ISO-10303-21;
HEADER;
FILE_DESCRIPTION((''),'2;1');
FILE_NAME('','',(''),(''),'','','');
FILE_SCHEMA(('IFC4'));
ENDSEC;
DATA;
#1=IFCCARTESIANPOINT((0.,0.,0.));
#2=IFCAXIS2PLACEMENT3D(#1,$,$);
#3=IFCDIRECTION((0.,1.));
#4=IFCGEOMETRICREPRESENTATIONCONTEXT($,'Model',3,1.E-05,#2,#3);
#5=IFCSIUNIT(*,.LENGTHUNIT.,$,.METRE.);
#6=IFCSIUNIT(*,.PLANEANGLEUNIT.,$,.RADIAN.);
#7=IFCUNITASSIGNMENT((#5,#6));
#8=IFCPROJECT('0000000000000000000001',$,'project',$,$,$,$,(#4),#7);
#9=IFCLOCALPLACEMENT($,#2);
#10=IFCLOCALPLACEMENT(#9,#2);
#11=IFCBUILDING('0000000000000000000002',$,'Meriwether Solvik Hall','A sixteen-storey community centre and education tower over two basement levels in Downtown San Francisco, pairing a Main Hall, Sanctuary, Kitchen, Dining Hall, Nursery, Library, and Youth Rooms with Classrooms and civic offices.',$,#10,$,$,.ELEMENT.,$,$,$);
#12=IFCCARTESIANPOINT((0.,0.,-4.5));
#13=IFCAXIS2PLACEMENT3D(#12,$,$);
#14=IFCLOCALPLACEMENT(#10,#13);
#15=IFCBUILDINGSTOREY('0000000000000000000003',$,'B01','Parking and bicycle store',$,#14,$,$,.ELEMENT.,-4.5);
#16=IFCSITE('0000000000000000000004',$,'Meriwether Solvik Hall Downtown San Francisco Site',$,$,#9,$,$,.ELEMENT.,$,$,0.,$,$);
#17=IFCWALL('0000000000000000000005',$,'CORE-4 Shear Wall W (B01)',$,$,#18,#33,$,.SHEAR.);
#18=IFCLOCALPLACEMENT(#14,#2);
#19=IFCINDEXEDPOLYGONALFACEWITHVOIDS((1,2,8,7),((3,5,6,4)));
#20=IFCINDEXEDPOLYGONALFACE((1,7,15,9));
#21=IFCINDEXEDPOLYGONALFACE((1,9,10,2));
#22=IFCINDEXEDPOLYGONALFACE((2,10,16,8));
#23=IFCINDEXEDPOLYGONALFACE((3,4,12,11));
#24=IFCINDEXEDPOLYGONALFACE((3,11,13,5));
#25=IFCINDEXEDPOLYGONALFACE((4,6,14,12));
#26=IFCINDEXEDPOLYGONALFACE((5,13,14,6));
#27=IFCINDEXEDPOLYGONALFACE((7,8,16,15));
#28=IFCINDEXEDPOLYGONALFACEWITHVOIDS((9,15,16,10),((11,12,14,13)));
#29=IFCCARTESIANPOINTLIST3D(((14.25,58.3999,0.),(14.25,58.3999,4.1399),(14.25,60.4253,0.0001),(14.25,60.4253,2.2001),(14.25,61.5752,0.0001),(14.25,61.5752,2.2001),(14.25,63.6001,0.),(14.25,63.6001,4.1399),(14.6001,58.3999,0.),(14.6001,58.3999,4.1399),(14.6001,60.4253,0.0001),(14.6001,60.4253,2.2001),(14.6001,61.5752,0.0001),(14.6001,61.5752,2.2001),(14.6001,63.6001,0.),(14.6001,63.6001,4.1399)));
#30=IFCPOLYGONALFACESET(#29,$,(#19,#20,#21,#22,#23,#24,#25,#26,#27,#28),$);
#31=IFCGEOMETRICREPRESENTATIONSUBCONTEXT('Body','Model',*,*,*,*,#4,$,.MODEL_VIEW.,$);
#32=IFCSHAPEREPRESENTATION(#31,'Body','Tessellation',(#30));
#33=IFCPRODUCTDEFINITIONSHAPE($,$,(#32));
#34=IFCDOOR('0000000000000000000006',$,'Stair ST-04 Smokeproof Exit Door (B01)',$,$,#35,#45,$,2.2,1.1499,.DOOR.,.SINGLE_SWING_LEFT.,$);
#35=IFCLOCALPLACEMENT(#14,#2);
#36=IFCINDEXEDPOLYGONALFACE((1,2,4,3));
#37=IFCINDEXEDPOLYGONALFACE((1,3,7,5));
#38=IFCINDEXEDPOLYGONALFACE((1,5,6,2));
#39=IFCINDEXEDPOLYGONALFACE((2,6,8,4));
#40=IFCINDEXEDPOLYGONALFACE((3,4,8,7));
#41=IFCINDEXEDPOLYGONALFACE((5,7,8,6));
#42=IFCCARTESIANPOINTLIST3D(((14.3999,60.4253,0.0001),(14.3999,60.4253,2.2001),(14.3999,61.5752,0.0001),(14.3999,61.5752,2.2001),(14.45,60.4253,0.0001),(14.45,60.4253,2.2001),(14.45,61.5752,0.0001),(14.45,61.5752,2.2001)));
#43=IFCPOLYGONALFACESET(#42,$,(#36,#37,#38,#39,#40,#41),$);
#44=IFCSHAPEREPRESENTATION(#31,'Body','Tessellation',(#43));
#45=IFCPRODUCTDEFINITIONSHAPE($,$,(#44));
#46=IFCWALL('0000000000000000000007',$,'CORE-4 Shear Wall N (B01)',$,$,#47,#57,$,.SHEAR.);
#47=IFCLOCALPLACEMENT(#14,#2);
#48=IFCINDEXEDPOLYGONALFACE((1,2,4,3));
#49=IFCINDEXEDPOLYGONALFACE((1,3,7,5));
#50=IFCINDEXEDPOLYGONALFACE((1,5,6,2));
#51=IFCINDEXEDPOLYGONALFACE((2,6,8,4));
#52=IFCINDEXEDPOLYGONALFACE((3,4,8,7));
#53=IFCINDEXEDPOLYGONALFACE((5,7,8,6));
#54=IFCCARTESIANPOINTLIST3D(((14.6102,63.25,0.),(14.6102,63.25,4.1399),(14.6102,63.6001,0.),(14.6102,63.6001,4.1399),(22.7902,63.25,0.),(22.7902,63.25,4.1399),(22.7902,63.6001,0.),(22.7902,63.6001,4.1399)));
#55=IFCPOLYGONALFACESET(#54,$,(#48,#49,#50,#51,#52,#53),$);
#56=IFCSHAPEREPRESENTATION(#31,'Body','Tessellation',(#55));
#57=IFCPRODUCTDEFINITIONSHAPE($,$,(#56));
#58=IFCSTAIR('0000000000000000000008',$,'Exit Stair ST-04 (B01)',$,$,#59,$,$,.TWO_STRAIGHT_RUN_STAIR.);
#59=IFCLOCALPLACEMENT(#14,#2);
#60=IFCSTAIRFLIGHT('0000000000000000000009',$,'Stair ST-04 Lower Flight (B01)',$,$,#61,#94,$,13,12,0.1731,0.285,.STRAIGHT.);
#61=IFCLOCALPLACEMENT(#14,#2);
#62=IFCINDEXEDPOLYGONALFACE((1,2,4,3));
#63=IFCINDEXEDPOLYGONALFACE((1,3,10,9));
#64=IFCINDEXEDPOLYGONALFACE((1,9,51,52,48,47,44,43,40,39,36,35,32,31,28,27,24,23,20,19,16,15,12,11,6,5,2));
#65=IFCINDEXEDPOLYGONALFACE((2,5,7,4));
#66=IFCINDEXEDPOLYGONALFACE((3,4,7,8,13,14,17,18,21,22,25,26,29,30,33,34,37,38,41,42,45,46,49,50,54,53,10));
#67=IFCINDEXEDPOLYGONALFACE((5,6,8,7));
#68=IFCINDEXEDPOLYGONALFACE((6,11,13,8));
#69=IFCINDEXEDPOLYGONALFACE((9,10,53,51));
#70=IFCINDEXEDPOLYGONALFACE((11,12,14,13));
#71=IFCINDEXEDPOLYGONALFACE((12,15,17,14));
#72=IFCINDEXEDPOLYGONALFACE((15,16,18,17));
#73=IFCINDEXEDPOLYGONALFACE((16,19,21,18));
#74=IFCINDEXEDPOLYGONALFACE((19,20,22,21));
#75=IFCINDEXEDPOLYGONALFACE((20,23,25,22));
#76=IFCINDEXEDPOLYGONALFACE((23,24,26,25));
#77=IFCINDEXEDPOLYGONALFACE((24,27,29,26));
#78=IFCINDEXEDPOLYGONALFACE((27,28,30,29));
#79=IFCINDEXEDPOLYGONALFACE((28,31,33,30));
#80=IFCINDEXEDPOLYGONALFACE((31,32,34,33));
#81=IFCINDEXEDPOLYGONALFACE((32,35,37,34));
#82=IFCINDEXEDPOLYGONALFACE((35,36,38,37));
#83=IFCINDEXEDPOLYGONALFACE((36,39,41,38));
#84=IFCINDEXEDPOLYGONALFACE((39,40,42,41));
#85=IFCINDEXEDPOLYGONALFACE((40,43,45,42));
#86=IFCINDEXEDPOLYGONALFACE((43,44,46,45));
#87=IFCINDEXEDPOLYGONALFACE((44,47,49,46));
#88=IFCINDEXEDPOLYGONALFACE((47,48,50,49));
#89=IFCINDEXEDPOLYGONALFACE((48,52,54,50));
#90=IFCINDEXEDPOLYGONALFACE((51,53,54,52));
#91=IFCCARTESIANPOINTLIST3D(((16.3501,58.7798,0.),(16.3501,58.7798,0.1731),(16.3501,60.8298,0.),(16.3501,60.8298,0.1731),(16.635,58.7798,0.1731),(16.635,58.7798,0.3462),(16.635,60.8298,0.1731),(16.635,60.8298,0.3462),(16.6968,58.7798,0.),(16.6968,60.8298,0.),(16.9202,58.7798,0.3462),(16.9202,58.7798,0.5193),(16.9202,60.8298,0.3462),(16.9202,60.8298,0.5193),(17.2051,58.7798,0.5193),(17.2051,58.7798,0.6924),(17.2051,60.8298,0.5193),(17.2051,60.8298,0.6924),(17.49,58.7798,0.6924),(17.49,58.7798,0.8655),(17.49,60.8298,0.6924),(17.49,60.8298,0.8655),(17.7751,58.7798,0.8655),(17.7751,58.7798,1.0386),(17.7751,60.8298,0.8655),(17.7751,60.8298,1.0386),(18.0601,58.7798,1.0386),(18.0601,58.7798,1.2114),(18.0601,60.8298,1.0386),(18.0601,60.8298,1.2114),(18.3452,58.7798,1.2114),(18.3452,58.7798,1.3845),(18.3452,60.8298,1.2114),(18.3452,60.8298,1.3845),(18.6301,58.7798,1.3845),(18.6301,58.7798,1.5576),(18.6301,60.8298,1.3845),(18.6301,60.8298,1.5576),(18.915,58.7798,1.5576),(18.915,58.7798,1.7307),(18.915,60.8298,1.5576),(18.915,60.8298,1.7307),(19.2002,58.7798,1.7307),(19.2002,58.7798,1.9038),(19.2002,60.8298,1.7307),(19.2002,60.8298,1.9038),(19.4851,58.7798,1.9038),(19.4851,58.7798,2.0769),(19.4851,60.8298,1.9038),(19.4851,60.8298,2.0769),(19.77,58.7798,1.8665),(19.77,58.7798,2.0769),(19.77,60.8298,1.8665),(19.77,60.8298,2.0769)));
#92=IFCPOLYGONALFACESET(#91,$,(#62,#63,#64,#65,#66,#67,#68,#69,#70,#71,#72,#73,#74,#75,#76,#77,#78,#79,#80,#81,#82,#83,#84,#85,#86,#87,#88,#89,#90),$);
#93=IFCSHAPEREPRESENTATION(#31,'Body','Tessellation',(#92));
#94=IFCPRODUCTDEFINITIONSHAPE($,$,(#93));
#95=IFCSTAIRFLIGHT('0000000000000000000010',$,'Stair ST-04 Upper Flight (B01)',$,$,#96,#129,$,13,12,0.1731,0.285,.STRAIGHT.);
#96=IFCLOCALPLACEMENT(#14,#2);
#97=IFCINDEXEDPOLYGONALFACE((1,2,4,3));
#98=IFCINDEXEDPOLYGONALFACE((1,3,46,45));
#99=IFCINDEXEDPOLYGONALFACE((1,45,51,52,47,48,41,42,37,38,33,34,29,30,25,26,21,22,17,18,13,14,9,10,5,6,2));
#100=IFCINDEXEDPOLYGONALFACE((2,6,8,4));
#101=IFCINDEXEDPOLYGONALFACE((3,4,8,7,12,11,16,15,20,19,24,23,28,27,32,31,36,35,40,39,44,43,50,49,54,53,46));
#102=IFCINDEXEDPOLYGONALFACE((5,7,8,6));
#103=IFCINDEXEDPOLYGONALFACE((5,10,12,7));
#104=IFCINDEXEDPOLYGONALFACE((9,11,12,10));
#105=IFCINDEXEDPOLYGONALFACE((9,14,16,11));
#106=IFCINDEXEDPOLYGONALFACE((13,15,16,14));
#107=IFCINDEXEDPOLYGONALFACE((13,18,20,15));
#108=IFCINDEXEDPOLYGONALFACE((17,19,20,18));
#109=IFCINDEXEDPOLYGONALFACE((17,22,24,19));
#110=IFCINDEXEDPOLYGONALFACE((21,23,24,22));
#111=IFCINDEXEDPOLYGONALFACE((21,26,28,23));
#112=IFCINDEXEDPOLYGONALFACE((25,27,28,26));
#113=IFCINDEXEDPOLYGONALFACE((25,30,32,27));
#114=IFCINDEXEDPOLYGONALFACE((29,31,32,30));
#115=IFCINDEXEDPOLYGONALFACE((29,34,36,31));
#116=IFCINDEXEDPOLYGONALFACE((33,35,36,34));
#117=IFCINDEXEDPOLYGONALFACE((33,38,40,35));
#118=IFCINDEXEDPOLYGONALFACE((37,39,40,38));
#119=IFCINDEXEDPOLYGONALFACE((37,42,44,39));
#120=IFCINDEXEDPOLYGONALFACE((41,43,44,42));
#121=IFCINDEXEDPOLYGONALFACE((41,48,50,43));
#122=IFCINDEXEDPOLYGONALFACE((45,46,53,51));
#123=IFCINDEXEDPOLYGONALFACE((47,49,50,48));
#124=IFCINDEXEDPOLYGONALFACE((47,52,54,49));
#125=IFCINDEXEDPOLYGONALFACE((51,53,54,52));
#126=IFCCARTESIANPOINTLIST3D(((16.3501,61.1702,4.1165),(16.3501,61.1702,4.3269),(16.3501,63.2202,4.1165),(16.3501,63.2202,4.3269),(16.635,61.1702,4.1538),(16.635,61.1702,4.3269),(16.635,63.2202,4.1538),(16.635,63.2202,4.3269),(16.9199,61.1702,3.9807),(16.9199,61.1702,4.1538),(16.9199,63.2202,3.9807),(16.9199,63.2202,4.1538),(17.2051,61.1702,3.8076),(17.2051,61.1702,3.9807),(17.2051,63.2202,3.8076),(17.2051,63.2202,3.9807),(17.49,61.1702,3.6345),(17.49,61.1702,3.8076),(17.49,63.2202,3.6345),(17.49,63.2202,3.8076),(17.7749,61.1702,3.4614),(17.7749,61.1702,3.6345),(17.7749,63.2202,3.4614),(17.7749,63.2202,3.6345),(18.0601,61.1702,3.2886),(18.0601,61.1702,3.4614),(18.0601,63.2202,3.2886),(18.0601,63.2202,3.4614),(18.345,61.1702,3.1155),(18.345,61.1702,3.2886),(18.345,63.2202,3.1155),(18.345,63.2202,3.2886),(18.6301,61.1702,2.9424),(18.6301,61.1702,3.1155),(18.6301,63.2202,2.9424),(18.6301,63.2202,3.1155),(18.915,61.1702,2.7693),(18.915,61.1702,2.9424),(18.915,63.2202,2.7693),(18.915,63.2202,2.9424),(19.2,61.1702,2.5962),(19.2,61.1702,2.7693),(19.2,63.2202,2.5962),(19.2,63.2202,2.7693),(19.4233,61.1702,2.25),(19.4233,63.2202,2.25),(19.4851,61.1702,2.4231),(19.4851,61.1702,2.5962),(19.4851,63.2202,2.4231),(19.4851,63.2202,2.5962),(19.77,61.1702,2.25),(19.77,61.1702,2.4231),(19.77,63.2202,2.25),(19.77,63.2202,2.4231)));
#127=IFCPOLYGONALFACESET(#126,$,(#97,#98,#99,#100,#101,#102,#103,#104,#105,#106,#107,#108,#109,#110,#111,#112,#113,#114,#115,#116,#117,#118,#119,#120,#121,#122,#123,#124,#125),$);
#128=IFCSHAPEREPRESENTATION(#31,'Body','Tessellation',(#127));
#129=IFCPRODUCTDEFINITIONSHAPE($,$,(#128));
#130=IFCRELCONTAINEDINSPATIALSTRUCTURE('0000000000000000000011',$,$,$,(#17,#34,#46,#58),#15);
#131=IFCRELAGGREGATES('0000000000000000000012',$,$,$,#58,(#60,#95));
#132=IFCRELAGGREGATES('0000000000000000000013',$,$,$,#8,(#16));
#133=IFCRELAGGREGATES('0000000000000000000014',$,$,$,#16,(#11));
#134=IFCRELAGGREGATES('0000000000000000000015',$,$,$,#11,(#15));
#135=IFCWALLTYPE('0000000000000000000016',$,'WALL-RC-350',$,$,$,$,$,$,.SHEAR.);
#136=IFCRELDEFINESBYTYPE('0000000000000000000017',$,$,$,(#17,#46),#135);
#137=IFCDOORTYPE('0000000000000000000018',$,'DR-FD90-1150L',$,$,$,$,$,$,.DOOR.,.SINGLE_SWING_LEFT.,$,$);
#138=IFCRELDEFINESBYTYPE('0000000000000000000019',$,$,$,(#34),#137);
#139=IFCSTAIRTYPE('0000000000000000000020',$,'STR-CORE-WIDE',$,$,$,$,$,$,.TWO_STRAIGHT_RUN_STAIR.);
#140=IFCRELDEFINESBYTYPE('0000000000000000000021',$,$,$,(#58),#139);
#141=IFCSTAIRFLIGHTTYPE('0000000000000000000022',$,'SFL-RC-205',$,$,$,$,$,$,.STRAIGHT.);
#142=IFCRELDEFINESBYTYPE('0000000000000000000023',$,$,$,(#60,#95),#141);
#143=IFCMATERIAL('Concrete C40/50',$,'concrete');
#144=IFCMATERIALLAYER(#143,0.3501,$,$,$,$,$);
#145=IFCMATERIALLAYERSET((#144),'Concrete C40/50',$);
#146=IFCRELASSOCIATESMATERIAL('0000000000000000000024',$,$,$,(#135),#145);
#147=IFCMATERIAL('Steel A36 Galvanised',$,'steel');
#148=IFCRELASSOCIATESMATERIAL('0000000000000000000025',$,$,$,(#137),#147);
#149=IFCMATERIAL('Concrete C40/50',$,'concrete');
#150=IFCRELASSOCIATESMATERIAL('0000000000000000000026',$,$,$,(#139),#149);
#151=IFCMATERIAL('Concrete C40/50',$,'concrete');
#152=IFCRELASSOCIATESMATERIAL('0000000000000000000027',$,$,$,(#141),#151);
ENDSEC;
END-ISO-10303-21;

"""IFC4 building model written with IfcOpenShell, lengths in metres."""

from ifc_helpers import new_model, si_unit, direction, frame, frame_2d, origin, place, context, subcontext, project, spatial, polyline, rectangle, outline, extrude, material, layer, layer_set, type_object, element, fill, aggregate, save


model = new_model("IFC4")

# Units and contexts
model_context = context("Model", 3, precision=1e-05, world=origin(), true_north=direction((0.0, 1.0)))
body_context = subcontext(model_context, "Body", "Model", "MODEL_VIEW")
ifc_project = project(units=[si_unit("LENGTHUNIT", "METRE"), si_unit("PLANEANGLEUNIT", "RADIAN")], contexts=[model_context])

# Site, building, storey
site_placement = place(None, origin())
site = spatial("IfcSite", under=ifc_project, at=site_placement, Name="Meriwether Solvik Hall Downtown San Francisco Site", CompositionType="ELEMENT", RefElevation=0.0)
building_placement = place(site_placement, origin())
building = spatial("IfcBuilding", under=site, at=building_placement, Name="Meriwether Solvik Hall", Description="A sixteen-storey community centre and education tower over two basement levels in Downtown San Francisco, pairing a Main Hall, Sanctuary, Kitchen, Dining Hall, Nursery, Library, and Youth Rooms with Classrooms and civic offices.", CompositionType="ELEMENT")
storey_placement = place(building_placement, frame((0.0, 0.0, -4.5)))
storey = spatial("IfcBuildingStorey", under=building, at=storey_placement, Name="B01", Description="Parking and bicycle store", CompositionType="ELEMENT", Elevation=-4.5)

# Wall, opening, door
ifc_material_1 = material(Name="Concrete C40/50", Category="concrete")
ifc_layer_1 = layer(ifc_material_1, 0.3501)
ifc_layer_set_1 = layer_set([ifc_layer_1], Name="Concrete C40/50")
wall_type_1 = type_object("IfcWallType", Name="WALL-RC-350", PredefinedType="SHEAR", material=ifc_layer_set_1)
wall_1_placement = place(storey_placement, frame((14.425, 63.6001, 0.0), z_axis=(0.0, 0.0, 1.0), x_axis=(0.0, -1.0, 0.0)))
wall_1 = element("IfcWall", 1, at=wall_1_placement, inside=storey, type_object=wall_type_1, Name="CORE-4 Shear Wall W (B01)", PredefinedType="SHEAR", context=body_context, shape_type="SweptSolid", body=[
    extrude(rectangle(XDim=5.2002, YDim=0.3501, at=frame_2d((2.6001, 0.0))), origin(), (0.0, 0.0, 1.0), 4.1399),
])
opening_1_placement = place(wall_1_placement, frame((2.0249, 0.0, 0.0)))
opening_1 = element("IfcOpeningElement", 2, at=opening_1_placement, cuts=wall_1, PredefinedType="OPENING", context=body_context, shape_type="SweptSolid", body=[
    extrude(rectangle(XDim=1.1499, YDim=2.2, at=frame_2d((0.575, 1.1001))), frame((0.0, 0.187, 0.0), z_axis=(0.0, -1.0, 0.0), x_axis=(1.0, 0.0, 0.0)), (0.0, 0.0, 1.0), 0.374),
])
ifc_material_2 = material(Name="Steel A36 Galvanised", Category="steel")
door_type_1 = type_object("IfcDoorType", Name="DR-FD90-1150L", OperationType="SINGLE_SWING_LEFT", PredefinedType="DOOR", material=ifc_material_2)
door_1_placement = place(opening_1_placement, origin())
door_1 = element("IfcDoor", 3, at=door_1_placement, inside=storey, type_object=door_type_1, Name="Stair ST-04 Smokeproof Exit Door (B01)", OperationType="SINGLE_SWING_LEFT", OverallHeight=2.2, OverallWidth=1.1499, PredefinedType="DOOR", context=body_context, shape_type="SweptSolid", body=[
    extrude(rectangle(XDim=1.1499, YDim=2.2, at=frame_2d((0.575, 1.1001))), frame((0.0, 0.0249, 0.0), z_axis=(0.0, -1.0, 0.0), x_axis=(1.0, 0.0, 0.0)), (0.0, 0.0, 1.0), 0.05),
])
fill(opening_1, door_1)

# Wall
wall_2_placement = place(storey_placement, frame((22.79, 63.425, 0.0), z_axis=(0.0, 0.0, 1.0), x_axis=(-1.0, 0.0, 0.0)))
element("IfcWall", 4, at=wall_2_placement, inside=storey, type_object=wall_type_1, Name="CORE-4 Shear Wall N (B01)", PredefinedType="SHEAR", context=body_context, shape_type="SweptSolid", body=[
    extrude(rectangle(XDim=8.1799, YDim=0.3501, at=frame_2d((4.0898, 0.0))), origin(), (0.0, 0.0, 1.0), 4.1399),
])

# Stair, stair flights
ifc_material_3 = material(Name="Concrete C40/50", Category="concrete")
stair_type = type_object("IfcStairType", Name="STR-CORE-WIDE", PredefinedType="TWO_STRAIGHT_RUN_STAIR", material=ifc_material_3)
stair_placement = place(storey_placement, origin())
stair = element("IfcStair", 5, at=stair_placement, inside=storey, type_object=stair_type, Name="Exit Stair ST-04 (B01)", PredefinedType="TWO_STRAIGHT_RUN_STAIR")
ifc_material_4 = material(Name="Concrete C40/50", Category="concrete")
stair_flight_type = type_object("IfcStairFlightType", Name="SFL-RC-205", PredefinedType="STRAIGHT", material=ifc_material_4)
stair_flight_1_placement = place(storey_placement, frame((16.3501, 59.8049, 0.0), z_axis=(0.0, 0.0, 1.0), x_axis=(1.0, 0.0, 0.0)))
stair_flight_1 = element("IfcStairFlight", 6, at=stair_flight_1_placement, type_object=stair_flight_type, Name="Stair ST-04 Lower Flight (B01)", NumberOfRisers=13, NumberOfTreads=12, PredefinedType="STRAIGHT", RiserHeight=0.1731, TreadLength=0.285, context=body_context, shape_type="SweptSolid", body=[
    extrude(outline(polyline([(0.0, 0.0), (0.0, 0.1731), (0.2849, 0.1731), (0.2849, 0.3462), (0.5701, 0.3462), (0.5701, 0.5193), (0.855, 0.5193), (0.855, 0.6924), (1.1399, 0.6924), (1.1399, 0.8655), (1.425, 0.8655), (1.425, 1.0386), (1.71, 1.0386), (1.71, 1.2114), (1.9951, 1.2114), (1.9951, 1.3845), (2.28, 1.3845), (2.28, 1.5576), (2.5649, 1.5576), (2.5649, 1.7307), (2.8501, 1.7307), (2.8501, 1.9038), (3.135, 1.9038), (3.135, 2.0769), (3.4199, 2.0769), (3.4199, 2.25), (3.4199, 1.8665), (0.3467, 0.0), (0.0, 0.0)])), frame((0.0, 1.0249, 0.0), z_axis=(0.0, -1.0, 0.0), x_axis=(1.0, 0.0, 0.0)), (0.0, 0.0, 1.0), 2.05),
])
stair_flight_2_placement = place(storey_placement, frame((19.77, 62.1951, 2.25), z_axis=(0.0, 0.0, 1.0), x_axis=(-1.0, 0.0, 0.0)))
stair_flight_2 = element("IfcStairFlight", 7, at=stair_flight_2_placement, type_object=stair_flight_type, Name="Stair ST-04 Upper Flight (B01)", NumberOfRisers=13, NumberOfTreads=12, PredefinedType="STRAIGHT", RiserHeight=0.1731, TreadLength=0.285, context=body_context, shape_type="SweptSolid", body=[
    extrude(outline(polyline([(0.0, 0.0), (0.0, 0.1731), (0.2849, 0.1731), (0.2849, 0.3462), (0.5701, 0.3462), (0.5701, 0.5193), (0.855, 0.5193), (0.855, 0.6924), (1.1399, 0.6924), (1.1399, 0.8655), (1.425, 0.8655), (1.425, 1.0386), (1.71, 1.0386), (1.71, 1.2114), (1.9951, 1.2114), (1.9951, 1.3845), (2.28, 1.3845), (2.28, 1.5576), (2.5649, 1.5576), (2.5649, 1.7307), (2.8501, 1.7307), (2.8501, 1.9038), (3.135, 1.9038), (3.135, 2.0769), (3.4199, 2.0769), (3.4199, 2.25), (3.4199, 1.8665), (0.3467, 0.0), (0.0, 0.0)])), frame((0.0, 1.0249, 0.0), z_axis=(0.0, -1.0, 0.0), x_axis=(1.0, 0.0, 0.0)), (0.0, 0.0, 1.0), 2.05),
])
aggregate(stair, [stair_flight_1, stair_flight_2])

save(model, "model.ifc")
